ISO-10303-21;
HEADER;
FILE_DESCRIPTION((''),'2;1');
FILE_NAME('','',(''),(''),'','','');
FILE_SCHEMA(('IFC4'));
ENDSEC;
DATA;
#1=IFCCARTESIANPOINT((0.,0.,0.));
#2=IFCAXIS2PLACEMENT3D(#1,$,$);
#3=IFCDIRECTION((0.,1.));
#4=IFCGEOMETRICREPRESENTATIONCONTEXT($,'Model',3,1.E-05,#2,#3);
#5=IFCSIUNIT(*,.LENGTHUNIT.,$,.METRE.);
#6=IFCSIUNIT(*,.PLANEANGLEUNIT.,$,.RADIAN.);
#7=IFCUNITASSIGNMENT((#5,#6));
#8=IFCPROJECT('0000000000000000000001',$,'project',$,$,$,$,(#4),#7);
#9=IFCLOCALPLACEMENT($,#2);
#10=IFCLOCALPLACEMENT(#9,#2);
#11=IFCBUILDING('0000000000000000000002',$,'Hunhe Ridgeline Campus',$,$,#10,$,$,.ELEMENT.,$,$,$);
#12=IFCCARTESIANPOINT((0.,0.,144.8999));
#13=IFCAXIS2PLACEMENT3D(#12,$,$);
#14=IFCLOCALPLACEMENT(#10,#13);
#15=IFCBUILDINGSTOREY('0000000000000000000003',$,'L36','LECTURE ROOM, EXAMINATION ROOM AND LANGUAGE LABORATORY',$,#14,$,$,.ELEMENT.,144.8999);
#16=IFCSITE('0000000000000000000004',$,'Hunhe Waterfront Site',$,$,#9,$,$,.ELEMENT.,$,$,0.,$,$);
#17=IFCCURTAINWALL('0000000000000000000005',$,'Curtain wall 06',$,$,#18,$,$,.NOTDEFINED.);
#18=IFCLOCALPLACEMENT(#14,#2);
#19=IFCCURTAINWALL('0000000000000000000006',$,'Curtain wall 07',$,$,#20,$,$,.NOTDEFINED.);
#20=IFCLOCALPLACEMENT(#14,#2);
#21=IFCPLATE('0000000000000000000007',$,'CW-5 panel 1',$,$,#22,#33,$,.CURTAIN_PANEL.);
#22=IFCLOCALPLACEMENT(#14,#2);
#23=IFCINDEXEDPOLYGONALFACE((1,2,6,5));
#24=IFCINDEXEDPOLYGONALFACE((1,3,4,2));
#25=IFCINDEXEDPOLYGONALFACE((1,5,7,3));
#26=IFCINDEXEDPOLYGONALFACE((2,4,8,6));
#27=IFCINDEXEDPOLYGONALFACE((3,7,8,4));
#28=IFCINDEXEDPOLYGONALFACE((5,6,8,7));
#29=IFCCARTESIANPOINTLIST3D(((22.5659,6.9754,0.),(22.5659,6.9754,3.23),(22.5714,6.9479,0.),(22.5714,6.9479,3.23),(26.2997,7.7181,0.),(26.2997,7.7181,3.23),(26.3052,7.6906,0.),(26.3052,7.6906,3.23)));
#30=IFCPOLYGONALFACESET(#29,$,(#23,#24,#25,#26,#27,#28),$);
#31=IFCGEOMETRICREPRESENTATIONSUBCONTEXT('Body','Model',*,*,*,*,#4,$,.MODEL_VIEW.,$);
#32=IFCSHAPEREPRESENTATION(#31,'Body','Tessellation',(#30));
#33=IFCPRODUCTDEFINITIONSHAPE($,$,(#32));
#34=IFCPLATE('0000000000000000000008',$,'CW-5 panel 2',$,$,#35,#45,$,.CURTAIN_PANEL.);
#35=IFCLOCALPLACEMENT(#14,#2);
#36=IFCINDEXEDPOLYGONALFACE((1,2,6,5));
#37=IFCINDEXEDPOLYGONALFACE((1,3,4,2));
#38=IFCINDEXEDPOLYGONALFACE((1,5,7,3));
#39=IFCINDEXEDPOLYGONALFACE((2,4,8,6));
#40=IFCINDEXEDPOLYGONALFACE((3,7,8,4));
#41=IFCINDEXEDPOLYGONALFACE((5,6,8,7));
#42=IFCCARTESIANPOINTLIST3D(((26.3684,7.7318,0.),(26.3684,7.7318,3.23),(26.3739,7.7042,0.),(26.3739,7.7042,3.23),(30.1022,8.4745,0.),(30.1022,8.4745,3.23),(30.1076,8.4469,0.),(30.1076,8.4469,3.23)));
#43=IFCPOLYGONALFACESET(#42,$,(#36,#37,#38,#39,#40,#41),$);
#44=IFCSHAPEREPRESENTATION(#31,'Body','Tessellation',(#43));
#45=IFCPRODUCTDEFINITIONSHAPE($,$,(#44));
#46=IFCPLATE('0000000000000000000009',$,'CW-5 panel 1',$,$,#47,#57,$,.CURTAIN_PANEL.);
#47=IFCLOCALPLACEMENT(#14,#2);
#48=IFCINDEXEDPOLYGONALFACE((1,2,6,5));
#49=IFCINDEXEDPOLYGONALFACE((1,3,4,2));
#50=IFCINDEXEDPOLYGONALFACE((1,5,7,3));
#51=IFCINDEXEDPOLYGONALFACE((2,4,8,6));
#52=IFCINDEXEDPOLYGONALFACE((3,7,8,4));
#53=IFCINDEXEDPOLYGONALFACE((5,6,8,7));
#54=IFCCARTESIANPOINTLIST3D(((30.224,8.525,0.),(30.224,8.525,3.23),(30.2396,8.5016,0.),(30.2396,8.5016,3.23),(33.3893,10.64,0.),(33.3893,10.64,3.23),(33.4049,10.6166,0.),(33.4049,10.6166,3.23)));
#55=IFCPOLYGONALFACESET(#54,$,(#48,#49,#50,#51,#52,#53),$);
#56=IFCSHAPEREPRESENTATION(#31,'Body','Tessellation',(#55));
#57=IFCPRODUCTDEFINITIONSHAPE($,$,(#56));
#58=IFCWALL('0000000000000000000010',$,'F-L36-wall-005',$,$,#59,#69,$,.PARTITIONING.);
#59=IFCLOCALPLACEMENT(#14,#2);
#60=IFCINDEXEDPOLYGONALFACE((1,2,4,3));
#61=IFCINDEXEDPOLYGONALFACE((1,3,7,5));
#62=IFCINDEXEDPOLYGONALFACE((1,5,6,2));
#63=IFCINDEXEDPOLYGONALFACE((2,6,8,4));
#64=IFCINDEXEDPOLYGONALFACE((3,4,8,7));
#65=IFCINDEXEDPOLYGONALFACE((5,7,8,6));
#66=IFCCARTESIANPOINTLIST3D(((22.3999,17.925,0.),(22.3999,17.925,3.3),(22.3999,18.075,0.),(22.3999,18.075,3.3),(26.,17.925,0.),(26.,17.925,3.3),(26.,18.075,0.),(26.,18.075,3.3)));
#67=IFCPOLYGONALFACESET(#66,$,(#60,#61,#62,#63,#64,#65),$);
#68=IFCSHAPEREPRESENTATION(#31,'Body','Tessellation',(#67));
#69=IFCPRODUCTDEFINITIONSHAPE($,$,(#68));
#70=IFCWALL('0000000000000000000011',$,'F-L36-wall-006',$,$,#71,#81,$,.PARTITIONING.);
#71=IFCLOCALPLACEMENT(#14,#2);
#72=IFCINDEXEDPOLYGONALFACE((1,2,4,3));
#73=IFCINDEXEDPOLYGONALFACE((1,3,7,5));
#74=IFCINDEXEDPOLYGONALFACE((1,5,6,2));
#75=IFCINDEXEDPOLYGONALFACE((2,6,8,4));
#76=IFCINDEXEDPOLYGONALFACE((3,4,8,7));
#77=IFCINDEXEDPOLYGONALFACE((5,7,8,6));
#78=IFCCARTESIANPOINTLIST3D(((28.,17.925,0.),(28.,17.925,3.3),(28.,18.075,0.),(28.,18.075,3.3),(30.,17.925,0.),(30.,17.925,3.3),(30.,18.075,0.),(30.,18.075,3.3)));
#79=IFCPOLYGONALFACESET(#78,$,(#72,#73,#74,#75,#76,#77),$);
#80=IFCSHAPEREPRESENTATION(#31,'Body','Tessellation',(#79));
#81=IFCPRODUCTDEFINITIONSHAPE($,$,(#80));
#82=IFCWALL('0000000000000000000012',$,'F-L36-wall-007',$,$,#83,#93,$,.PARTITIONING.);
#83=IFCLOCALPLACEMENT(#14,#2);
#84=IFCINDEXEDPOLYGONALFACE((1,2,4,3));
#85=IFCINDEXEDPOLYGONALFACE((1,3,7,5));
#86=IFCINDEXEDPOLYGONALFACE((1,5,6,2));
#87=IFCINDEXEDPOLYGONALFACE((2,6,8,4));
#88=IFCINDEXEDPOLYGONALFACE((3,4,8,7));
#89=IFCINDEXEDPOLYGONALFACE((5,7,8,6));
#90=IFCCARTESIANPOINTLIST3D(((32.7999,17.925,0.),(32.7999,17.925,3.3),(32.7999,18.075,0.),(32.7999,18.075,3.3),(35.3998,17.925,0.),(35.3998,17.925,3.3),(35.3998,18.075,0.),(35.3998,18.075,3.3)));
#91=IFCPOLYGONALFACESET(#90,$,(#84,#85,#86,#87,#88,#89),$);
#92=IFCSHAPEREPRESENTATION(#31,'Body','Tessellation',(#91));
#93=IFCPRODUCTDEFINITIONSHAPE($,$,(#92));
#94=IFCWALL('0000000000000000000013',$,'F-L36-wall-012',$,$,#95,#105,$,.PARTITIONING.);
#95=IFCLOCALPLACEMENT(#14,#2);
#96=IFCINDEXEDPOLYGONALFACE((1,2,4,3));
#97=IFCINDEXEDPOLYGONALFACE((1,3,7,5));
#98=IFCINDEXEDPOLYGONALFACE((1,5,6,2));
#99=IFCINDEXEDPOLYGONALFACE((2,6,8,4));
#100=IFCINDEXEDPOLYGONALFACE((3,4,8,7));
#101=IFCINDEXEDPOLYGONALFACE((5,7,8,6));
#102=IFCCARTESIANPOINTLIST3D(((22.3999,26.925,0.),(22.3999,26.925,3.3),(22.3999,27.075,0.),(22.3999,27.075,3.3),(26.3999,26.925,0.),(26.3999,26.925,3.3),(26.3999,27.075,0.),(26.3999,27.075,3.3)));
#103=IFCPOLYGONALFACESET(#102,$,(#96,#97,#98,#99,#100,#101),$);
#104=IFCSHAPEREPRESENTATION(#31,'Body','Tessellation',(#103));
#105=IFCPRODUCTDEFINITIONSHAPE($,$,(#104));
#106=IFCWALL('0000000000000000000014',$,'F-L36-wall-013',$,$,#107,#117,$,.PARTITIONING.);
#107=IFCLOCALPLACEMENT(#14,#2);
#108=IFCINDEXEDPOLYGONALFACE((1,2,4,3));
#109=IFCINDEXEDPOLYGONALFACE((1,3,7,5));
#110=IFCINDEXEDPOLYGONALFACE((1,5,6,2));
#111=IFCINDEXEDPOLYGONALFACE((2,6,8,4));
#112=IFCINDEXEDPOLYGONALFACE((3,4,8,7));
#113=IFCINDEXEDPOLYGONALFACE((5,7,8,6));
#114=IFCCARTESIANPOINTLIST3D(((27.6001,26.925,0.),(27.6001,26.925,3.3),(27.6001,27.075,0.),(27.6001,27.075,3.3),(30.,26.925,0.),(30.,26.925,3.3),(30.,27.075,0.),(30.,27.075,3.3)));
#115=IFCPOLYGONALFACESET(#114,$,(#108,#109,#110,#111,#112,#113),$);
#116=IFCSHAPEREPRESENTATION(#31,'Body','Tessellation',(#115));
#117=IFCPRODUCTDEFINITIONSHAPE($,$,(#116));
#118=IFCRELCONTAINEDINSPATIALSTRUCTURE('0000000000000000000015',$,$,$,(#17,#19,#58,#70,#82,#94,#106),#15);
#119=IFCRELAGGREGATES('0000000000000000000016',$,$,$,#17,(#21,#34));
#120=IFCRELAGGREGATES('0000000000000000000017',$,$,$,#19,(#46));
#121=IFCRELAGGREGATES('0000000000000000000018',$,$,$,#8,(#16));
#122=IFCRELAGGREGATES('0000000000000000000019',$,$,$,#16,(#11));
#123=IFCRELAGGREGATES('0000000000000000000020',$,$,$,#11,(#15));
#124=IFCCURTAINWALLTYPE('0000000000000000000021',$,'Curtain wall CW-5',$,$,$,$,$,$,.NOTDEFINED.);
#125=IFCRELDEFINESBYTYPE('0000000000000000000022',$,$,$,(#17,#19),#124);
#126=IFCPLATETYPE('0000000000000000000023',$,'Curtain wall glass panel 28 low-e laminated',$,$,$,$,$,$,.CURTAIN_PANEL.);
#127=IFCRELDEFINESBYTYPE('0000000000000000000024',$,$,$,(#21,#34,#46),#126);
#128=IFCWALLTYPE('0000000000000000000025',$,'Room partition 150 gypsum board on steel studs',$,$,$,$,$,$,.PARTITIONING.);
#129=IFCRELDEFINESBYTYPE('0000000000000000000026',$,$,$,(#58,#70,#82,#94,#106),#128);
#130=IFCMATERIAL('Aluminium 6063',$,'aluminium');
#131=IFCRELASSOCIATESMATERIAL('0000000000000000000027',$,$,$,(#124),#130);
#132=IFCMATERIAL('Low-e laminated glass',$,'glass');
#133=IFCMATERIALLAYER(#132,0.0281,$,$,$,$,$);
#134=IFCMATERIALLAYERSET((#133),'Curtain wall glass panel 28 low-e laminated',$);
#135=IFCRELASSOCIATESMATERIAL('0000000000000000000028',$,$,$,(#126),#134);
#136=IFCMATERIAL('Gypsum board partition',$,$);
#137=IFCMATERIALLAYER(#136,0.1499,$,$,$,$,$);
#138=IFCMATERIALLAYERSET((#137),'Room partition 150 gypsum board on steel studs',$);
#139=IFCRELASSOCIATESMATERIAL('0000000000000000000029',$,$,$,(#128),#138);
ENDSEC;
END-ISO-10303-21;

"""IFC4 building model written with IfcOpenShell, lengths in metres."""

from ifc_helpers import new_model, si_unit, direction, frame, frame_2d, origin, origin_2d, place, context, subcontext, project, spatial, rectangle, extrude, material, layer, layer_set, type_object, element, aggregate, save


model = new_model("IFC4")

# Units and contexts
model_context = context("Model", 3, precision=1e-05, world=origin(), true_north=direction((0.0, 1.0)))
body_context = subcontext(model_context, "Body", "Model", "MODEL_VIEW")
ifc_project = project(units=[si_unit("LENGTHUNIT", "METRE"), si_unit("PLANEANGLEUNIT", "RADIAN")], contexts=[model_context])

# Site, building, storey
site_placement = place(None, origin())
site = spatial("IfcSite", under=ifc_project, at=site_placement, Name="Hunhe Waterfront Site", CompositionType="ELEMENT", RefElevation=0.0)
building_placement = place(site_placement, origin())
building = spatial("IfcBuilding", under=site, at=building_placement, Name="Hunhe Ridgeline Campus", CompositionType="ELEMENT")
storey_placement = place(building_placement, frame((0.0, 0.0, 144.8999)))
storey = spatial("IfcBuildingStorey", under=building, at=storey_placement, Name="L36", Description="LECTURE ROOM, EXAMINATION ROOM AND LANGUAGE LABORATORY", CompositionType="ELEMENT", Elevation=144.8999)

# Shared definitions
ifc_material_1 = material(Name="Aluminium 6063", Category="aluminium")
curtain_wall_type = type_object("IfcCurtainWallType", Name="Curtain wall CW-5", PredefinedType="NOTDEFINED", material=ifc_material_1)

# Curtain wall
curtain_wall_1_placement = place(storey_placement, origin())
curtain_wall_1 = element("IfcCurtainWall", 1, at=curtain_wall_1_placement, inside=storey, type_object=curtain_wall_type, Name="Curtain wall 06", PredefinedType="NOTDEFINED")

# Curtain wall
curtain_wall_2_placement = place(storey_placement, origin())
curtain_wall_2 = element("IfcCurtainWall", 2, at=curtain_wall_2_placement, inside=storey, type_object=curtain_wall_type, Name="Curtain wall 07", PredefinedType="NOTDEFINED")

# Plates
ifc_material_2 = material(Name="Low-e laminated glass", Category="glass")
ifc_layer_1 = layer(ifc_material_2, 0.0281)
ifc_layer_set_1 = layer_set([ifc_layer_1], Name="Curtain wall glass panel 28 low-e laminated")
plate_type = type_object("IfcPlateType", Name="Curtain wall glass panel 28 low-e laminated", PredefinedType="CURTAIN_PANEL", material=ifc_layer_set_1)
plate_1_placement = place(storey_placement, frame((24.4355, 7.333, 0.0), z_axis=(0.0, 0.0, 1.0), x_axis=(0.980785, 0.19509, 0.0)))
plate_1 = element("IfcPlate", 3, at=plate_1_placement, type_object=plate_type, Name="CW-5 panel 1", PredefinedType="CURTAIN_PANEL", context=body_context, shape_type="SweptSolid", body=[
    extrude(rectangle(XDim=3.8069, YDim=0.0281, at=origin_2d()), origin(), (0.0, 0.0, 1.0), 3.23),
])
plate_2_placement = place(storey_placement, frame((28.238, 8.0894, 0.0), z_axis=(0.0, 0.0, 1.0), x_axis=(0.980785, 0.19509, 0.0)))
plate_2 = element("IfcPlate", 4, at=plate_2_placement, type_object=plate_type, Name="CW-5 panel 2", PredefinedType="CURTAIN_PANEL", context=body_context, shape_type="SweptSolid", body=[
    extrude(rectangle(XDim=3.8069, YDim=0.0281, at=origin_2d()), origin(), (0.0, 0.0, 1.0), 3.23),
])
aggregate(curtain_wall_1, [plate_1, plate_2])
plate_3_placement = place(storey_placement, frame((31.8145, 9.5708, 0.0), z_axis=(0.0, 0.0, 1.0), x_axis=(0.83147, 0.55557, 0.0)))
plate_3 = element("IfcPlate", 5, at=plate_3_placement, type_object=plate_type, Name="CW-5 panel 1", PredefinedType="CURTAIN_PANEL", context=body_context, shape_type="SweptSolid", body=[
    extrude(rectangle(XDim=3.8069, YDim=0.0281, at=origin_2d()), origin(), (0.0, 0.0, 1.0), 3.23),
])
aggregate(curtain_wall_2, [plate_3])

# Shared definitions
ifc_material_3 = material(Name="Gypsum board partition")

# Walls
ifc_layer_2 = layer(ifc_material_3, 0.1499)
ifc_layer_set_2 = layer_set([ifc_layer_2], Name="Room partition 150 gypsum board on steel studs")
wall_type_1 = type_object("IfcWallType", Name="Room partition 150 gypsum board on steel studs", PredefinedType="PARTITIONING", material=ifc_layer_set_2)
wall_1_placement = place(storey_placement, frame((22.3999, 18.0, 0.0), z_axis=(0.0, 0.0, 1.0), x_axis=(1.0, 0.0, 0.0)))
element("IfcWall", 6, at=wall_1_placement, inside=storey, type_object=wall_type_1, Name="F-L36-wall-005", PredefinedType="PARTITIONING", context=body_context, shape_type="SweptSolid", body=[
    extrude(rectangle(XDim=3.6001, YDim=0.1499, at=frame_2d((1.8, 0.0))), origin(), (0.0, 0.0, 1.0), 3.3),
])
wall_2_placement = place(storey_placement, frame((28.0, 18.0, 0.0), z_axis=(0.0, 0.0, 1.0), x_axis=(1.0, 0.0, 0.0)))
element("IfcWall", 7, at=wall_2_placement, inside=storey, type_object=wall_type_1, Name="F-L36-wall-006", PredefinedType="PARTITIONING", context=body_context, shape_type="SweptSolid", body=[
    extrude(rectangle(XDim=2.0, YDim=0.1499, at=frame_2d((1.0, 0.0))), origin(), (0.0, 0.0, 1.0), 3.3),
])
wall_3_placement = place(storey_placement, frame((32.8, 18.0, 0.0), z_axis=(0.0, 0.0, 1.0), x_axis=(1.0, 0.0, 0.0)))
element("IfcWall", 8, at=wall_3_placement, inside=storey, type_object=wall_type_1, Name="F-L36-wall-007", PredefinedType="PARTITIONING", context=body_context, shape_type="SweptSolid", body=[
    extrude(rectangle(XDim=2.5999, YDim=0.1499, at=frame_2d((1.2998, 0.0))), origin(), (0.0, 0.0, 1.0), 3.3),
])
wall_4_placement = place(storey_placement, frame((22.3999, 27.0, 0.0), z_axis=(0.0, 0.0, 1.0), x_axis=(1.0, 0.0, 0.0)))
element("IfcWall", 9, at=wall_4_placement, inside=storey, type_object=wall_type_1, Name="F-L36-wall-012", PredefinedType="PARTITIONING", context=body_context, shape_type="SweptSolid", body=[
    extrude(rectangle(XDim=4.0, YDim=0.1499, at=frame_2d((2.0, 0.0))), origin(), (0.0, 0.0, 1.0), 3.3),
])
wall_5_placement = place(storey_placement, frame((27.6001, 27.0, 0.0), z_axis=(0.0, 0.0, 1.0), x_axis=(1.0, 0.0, 0.0)))
element("IfcWall", 10, at=wall_5_placement, inside=storey, type_object=wall_type_1, Name="F-L36-wall-013", PredefinedType="PARTITIONING", context=body_context, shape_type="SweptSolid", body=[
    extrude(rectangle(XDim=2.3999, YDim=0.1499, at=frame_2d((1.2, 0.0))), origin(), (0.0, 0.0, 1.0), 3.3),
])

save(model, "model.ifc")
